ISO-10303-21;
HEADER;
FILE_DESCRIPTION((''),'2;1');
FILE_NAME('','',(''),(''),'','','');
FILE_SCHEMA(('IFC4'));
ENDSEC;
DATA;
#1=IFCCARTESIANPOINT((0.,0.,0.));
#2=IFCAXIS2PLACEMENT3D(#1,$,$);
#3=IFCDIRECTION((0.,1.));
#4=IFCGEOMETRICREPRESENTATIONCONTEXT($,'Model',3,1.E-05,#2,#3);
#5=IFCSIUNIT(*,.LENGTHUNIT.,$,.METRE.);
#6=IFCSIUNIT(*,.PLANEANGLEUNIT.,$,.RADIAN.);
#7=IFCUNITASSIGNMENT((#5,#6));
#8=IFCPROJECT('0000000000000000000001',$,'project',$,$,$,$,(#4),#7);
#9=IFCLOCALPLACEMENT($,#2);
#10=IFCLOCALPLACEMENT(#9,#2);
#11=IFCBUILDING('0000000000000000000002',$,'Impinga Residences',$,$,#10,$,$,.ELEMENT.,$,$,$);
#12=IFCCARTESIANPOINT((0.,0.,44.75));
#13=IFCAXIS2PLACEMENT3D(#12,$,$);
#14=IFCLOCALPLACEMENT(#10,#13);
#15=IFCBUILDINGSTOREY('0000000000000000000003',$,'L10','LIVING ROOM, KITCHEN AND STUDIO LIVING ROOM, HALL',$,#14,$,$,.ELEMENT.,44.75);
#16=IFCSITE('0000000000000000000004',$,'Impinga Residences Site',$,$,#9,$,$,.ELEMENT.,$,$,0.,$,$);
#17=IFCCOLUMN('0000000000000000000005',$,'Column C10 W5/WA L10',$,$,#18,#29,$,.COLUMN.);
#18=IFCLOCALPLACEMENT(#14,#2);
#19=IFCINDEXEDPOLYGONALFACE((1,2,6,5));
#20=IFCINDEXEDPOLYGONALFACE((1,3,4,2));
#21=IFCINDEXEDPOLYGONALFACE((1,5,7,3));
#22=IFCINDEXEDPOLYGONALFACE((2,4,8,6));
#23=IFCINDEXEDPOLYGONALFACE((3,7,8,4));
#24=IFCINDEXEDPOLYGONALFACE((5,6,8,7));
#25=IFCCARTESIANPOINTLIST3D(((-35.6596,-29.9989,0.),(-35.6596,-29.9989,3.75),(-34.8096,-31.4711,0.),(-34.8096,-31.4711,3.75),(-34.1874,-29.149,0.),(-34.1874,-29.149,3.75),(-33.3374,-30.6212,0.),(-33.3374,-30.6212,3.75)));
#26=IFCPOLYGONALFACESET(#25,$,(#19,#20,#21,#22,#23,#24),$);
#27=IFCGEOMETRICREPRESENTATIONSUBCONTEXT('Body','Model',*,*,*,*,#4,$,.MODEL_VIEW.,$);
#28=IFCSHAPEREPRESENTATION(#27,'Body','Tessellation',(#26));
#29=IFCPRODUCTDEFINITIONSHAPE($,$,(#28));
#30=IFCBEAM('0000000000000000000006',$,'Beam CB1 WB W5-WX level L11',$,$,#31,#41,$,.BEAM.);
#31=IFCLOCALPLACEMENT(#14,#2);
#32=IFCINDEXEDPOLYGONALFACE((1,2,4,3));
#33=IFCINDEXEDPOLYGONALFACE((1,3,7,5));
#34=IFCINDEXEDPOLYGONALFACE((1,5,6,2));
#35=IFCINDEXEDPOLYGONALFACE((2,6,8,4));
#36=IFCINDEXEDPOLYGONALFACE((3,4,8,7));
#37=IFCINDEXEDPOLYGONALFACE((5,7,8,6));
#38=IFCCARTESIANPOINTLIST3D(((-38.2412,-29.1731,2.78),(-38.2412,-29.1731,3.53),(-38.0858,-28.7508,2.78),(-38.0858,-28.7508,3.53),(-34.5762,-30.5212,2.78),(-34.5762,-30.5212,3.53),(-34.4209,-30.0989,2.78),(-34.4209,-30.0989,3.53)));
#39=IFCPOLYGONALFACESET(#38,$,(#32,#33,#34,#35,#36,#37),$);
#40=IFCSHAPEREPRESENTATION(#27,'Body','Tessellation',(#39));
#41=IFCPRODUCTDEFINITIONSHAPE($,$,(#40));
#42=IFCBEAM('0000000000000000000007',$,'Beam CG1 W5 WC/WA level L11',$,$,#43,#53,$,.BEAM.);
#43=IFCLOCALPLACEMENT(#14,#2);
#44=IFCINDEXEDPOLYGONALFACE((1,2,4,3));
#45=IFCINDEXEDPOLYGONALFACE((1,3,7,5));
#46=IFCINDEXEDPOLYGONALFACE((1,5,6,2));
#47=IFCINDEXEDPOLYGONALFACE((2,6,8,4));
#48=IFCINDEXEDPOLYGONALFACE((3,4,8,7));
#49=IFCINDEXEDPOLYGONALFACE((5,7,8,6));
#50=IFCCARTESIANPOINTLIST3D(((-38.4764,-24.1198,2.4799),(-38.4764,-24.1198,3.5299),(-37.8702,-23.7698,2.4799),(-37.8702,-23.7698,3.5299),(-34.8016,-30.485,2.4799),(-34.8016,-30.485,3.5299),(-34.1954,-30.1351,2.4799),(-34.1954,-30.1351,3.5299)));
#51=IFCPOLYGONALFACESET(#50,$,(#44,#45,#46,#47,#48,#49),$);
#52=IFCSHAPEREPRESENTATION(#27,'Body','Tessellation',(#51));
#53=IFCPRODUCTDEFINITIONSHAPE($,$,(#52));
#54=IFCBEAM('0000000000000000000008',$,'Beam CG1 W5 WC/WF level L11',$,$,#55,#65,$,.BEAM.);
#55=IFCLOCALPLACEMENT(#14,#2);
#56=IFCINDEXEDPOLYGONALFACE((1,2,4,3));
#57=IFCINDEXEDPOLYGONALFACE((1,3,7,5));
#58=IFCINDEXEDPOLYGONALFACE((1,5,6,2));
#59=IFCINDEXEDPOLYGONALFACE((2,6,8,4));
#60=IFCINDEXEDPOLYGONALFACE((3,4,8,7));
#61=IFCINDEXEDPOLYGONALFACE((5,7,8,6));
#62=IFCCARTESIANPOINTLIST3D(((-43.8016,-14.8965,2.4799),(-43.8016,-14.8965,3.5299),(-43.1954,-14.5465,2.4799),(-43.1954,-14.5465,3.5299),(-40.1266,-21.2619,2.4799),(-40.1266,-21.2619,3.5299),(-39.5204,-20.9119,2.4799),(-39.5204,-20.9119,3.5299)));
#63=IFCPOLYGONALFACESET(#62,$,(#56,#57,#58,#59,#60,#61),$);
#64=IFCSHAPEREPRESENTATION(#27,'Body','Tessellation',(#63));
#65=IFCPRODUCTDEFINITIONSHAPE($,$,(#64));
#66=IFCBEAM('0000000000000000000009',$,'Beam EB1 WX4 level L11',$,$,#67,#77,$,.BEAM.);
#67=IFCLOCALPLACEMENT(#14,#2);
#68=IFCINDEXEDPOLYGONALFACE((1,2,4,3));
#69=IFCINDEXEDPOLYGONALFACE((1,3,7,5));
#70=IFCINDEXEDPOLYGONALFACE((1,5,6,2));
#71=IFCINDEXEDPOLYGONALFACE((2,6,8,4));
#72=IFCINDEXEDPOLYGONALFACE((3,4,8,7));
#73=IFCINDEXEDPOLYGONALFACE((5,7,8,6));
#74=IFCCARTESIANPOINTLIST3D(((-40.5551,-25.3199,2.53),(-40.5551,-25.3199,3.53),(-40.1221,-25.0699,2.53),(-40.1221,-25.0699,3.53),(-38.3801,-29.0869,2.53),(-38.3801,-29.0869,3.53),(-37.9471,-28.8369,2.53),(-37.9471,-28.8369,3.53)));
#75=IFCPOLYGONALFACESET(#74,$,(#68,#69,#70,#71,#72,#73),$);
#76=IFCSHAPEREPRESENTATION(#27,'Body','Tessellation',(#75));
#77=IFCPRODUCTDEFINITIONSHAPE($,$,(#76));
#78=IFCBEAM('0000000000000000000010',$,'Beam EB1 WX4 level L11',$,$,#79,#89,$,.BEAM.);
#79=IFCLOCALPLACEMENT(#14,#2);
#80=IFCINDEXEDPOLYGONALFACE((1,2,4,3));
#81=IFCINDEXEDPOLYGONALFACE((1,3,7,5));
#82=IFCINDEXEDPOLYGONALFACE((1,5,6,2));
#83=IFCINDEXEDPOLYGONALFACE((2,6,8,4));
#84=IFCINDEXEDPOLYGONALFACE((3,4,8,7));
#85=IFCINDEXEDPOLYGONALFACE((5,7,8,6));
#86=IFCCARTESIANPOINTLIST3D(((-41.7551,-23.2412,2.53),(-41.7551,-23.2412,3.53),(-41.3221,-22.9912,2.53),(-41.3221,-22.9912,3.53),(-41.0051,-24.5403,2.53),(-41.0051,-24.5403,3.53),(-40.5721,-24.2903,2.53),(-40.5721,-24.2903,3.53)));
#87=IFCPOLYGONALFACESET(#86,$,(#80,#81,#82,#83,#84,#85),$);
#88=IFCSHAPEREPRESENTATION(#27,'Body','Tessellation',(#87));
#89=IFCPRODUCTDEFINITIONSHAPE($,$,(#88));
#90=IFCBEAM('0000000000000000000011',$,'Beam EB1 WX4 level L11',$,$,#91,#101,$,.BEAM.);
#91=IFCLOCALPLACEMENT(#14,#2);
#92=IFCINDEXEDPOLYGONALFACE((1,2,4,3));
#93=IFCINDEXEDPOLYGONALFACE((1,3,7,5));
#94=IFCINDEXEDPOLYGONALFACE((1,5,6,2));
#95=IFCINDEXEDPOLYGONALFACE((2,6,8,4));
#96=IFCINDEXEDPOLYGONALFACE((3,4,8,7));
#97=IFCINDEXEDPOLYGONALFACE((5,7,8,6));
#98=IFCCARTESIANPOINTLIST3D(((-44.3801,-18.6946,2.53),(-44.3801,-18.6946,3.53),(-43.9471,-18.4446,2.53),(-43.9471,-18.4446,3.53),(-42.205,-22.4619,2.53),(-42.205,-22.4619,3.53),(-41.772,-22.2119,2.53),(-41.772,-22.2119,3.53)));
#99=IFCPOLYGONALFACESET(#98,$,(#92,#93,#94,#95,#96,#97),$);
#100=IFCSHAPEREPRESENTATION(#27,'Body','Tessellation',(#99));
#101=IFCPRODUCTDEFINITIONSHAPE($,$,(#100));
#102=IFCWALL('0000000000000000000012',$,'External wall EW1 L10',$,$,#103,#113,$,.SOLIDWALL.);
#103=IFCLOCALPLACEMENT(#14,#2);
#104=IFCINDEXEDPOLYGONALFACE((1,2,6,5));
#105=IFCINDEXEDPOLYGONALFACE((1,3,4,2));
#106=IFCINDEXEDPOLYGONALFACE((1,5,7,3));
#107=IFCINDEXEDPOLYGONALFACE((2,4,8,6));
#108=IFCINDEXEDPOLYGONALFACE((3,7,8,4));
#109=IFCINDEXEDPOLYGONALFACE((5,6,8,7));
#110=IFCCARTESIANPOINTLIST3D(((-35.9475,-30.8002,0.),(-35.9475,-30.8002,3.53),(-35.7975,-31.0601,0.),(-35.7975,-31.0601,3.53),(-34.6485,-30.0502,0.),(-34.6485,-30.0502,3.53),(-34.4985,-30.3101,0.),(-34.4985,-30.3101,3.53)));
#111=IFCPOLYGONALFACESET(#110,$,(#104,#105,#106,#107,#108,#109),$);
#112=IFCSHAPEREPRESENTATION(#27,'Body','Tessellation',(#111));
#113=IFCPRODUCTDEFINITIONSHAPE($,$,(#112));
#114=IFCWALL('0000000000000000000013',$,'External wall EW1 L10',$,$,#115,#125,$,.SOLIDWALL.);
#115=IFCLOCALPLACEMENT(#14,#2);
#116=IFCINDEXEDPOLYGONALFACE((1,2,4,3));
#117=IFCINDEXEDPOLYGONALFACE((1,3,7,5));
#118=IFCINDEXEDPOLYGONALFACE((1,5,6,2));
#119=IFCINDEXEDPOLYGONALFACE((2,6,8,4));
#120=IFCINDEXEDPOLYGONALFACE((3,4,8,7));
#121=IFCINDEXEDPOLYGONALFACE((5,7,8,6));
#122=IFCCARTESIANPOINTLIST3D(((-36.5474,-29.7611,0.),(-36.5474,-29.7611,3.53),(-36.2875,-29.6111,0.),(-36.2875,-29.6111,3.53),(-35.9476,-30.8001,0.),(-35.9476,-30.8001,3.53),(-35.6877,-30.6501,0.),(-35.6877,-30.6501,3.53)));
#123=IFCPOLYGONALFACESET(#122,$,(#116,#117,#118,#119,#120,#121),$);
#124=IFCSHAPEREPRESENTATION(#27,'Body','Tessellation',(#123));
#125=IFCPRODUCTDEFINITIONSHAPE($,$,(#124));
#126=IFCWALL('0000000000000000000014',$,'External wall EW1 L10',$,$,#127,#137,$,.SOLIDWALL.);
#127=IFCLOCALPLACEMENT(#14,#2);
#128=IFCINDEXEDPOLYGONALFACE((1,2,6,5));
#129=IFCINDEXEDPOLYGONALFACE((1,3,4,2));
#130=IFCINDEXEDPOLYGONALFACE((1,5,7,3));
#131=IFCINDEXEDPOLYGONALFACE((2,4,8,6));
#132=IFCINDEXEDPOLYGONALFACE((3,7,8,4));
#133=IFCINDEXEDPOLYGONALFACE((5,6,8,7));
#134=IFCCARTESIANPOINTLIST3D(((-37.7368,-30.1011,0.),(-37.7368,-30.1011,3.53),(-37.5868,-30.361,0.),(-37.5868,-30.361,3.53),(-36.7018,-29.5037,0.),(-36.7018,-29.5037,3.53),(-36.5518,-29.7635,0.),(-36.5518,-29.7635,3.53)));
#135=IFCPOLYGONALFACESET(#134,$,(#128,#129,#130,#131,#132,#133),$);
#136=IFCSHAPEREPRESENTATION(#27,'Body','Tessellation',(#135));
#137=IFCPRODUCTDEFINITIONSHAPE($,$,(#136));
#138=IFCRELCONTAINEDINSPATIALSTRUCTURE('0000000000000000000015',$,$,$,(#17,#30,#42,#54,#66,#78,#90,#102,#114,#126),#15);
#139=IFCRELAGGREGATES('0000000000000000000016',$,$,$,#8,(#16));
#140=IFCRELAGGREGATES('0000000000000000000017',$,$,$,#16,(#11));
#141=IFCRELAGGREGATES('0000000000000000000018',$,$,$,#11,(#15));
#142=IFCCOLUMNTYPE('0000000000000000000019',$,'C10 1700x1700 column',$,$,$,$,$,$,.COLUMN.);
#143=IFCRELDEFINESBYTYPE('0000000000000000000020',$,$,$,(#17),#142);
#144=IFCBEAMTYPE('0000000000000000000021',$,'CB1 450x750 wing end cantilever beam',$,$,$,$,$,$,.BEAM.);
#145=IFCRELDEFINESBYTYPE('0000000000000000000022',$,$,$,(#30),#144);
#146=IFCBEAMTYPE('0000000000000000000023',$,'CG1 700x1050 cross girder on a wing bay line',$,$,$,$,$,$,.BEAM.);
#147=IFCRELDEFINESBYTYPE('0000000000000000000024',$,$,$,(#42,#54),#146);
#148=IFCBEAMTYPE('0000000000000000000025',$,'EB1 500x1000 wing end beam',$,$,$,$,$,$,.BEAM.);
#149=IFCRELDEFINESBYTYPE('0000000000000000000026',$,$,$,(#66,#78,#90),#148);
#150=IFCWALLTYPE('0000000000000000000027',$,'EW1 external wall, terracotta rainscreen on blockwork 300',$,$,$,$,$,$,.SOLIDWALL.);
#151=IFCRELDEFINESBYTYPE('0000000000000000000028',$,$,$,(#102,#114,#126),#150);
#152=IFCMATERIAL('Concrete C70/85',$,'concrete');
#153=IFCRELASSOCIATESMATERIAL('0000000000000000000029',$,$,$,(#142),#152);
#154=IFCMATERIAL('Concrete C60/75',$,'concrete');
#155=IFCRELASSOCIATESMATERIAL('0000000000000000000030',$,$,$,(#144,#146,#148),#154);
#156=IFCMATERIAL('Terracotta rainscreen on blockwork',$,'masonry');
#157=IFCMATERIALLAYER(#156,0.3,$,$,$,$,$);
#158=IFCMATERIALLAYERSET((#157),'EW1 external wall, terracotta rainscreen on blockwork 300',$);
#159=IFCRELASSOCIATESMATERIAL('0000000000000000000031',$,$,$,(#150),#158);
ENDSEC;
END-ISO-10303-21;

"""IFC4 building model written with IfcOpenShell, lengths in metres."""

from ifc_helpers import new_model, si_unit, direction, frame, frame_2d, origin, origin_2d, place, context, subcontext, project, spatial, rectangle, extrude, material, layer, layer_set, material_profile, profile_set, type_object, element, save


model = new_model("IFC4")

# Units and contexts
model_context = context("Model", 3, precision=1e-05, world=origin(), true_north=direction((0.0, 1.0)))
body_context = subcontext(model_context, "Body", "Model", "MODEL_VIEW")
ifc_project = project(units=[si_unit("LENGTHUNIT", "METRE"), si_unit("PLANEANGLEUNIT", "RADIAN")], contexts=[model_context])

# Site, building, storey
site_placement = place(None, origin())
site = spatial("IfcSite", under=ifc_project, at=site_placement, Name="Impinga Residences Site", CompositionType="ELEMENT", RefElevation=0.0)
building_placement = place(site_placement, origin())
building = spatial("IfcBuilding", under=site, at=building_placement, Name="Impinga Residences", CompositionType="ELEMENT")
storey_placement = place(building_placement, frame((0.0, 0.0, 44.75)))
storey = spatial("IfcBuildingStorey", under=building, at=storey_placement, Name="L10", Description="LIVING ROOM, KITCHEN AND STUDIO LIVING ROOM, HALL", CompositionType="ELEMENT", Elevation=44.75)

# Column
ifc_material_1 = material(Name="Concrete C70/85", Category="concrete")
ifc_material_profile_1 = material_profile(ifc_material_1, rectangle(XDim=1.7, YDim=1.7, at=origin_2d()), Name="RC 1700x1700")
ifc_profile_set_1 = profile_set([ifc_material_profile_1], Name="Concrete C70/85")
column_type = type_object("IfcColumnType", Name="C10 1700x1700 column", PredefinedType="COLUMN", material=ifc_profile_set_1)
column_placement = place(storey_placement, frame((-34.4985, -30.3101, 0.0), z_axis=(0.0, 0.0, 1.0), x_axis=(-0.5, 0.866025, 0.0)))
element("IfcColumn", 1, at=column_placement, inside=storey, type_object=column_type, Name="Column C10 W5/WA L10", PredefinedType="COLUMN", context=body_context, shape_type="SweptSolid", body=[
    extrude(rectangle(XDim=1.7, YDim=1.7, at=origin_2d()), origin(), (0.0, 0.0, 1.0), 3.75),
])

# Beams
ifc_material_2 = material(Name="Concrete C60/75", Category="concrete")
ifc_material_profile_2 = material_profile(ifc_material_2, rectangle(XDim=0.45, YDim=0.75, at=origin_2d()), Name="RC 450x750")
ifc_profile_set_2 = profile_set([ifc_material_profile_2], Name="Concrete C60/75")
beam_type_1 = type_object("IfcBeamType", Name="CB1 450x750 wing end cantilever beam", PredefinedType="BEAM", material=ifc_profile_set_2)
beam_1_placement = place(storey_placement, frame((-34.4985, -30.3101, 3.155), z_axis=(-0.93852, 0.345224, 0.0), x_axis=(-0.345224, -0.93852, 0.0)))
element("IfcBeam", 2, at=beam_1_placement, inside=storey, type_object=beam_type_1, Name="Beam CB1 WB W5-WX level L11", PredefinedType="BEAM", context=body_context, shape_type="SweptSolid", body=[
    extrude(rectangle(XDim=0.45, YDim=0.75, at=origin_2d()), origin(), (0.0, 0.0, 1.0), 3.905),
])
ifc_material_profile_3 = material_profile(ifc_material_2, rectangle(XDim=0.7, YDim=1.05, at=origin_2d()), Name="RC 700x1050")
ifc_profile_set_3 = profile_set([ifc_material_profile_3], Name="Concrete C60/75")
beam_type_2 = type_object("IfcBeamType", Name="CG1 700x1050 cross girder on a wing bay line", PredefinedType="BEAM", material=ifc_profile_set_3)
beam_2_placement = place(storey_placement, frame((-38.1733, -23.9448, 3.0049), z_axis=(0.499983, -0.866035, 0.0), x_axis=(0.866035, 0.499983, 0.0)))
element("IfcBeam", 3, at=beam_2_placement, inside=storey, type_object=beam_type_2, Name="Beam CG1 W5 WC/WA level L11", PredefinedType="BEAM", context=body_context, shape_type="SweptSolid", body=[
    extrude(rectangle(XDim=0.7, YDim=1.05, at=origin_2d()), origin(), (0.0, 0.0, 1.0), 7.3499),
])
beam_3_placement = place(storey_placement, frame((-39.8235, -21.0869, 3.0049), z_axis=(-0.499994, 0.866029, 0.0), x_axis=(-0.866029, -0.499994, 0.0)))
element("IfcBeam", 4, at=beam_3_placement, inside=storey, type_object=beam_type_2, Name="Beam CG1 W5 WC/WF level L11", PredefinedType="BEAM", context=body_context, shape_type="SweptSolid", body=[
    extrude(rectangle(XDim=0.7, YDim=1.05, at=origin_2d()), origin(), (0.0, 0.0, 1.0), 7.3501),
])
ifc_material_profile_4 = material_profile(ifc_material_2, rectangle(XDim=0.5, YDim=1.0, at=origin_2d()), Name="RC 500x1000")
ifc_profile_set_4 = profile_set([ifc_material_profile_4], Name="Concrete C60/75")
beam_type_3 = type_object("IfcBeamType", Name="EB1 500x1000 wing end beam", PredefinedType="BEAM", material=ifc_profile_set_4)
beam_4_placement = place(storey_placement, frame((-38.1636, -28.9619, 3.03), z_axis=(-0.50002, 0.866014, 0.0), x_axis=(-0.866014, -0.50002, 0.0)))
element("IfcBeam", 5, at=beam_4_placement, inside=storey, type_object=beam_type_3, Name="Beam EB1 WX4 level L11", PredefinedType="BEAM", context=body_context, shape_type="SweptSolid", body=[
    extrude(rectangle(XDim=0.5, YDim=1.0, at=origin_2d()), origin(), (0.0, 0.0, 1.0), 4.3499),
])
beam_5_placement = place(storey_placement, frame((-40.7886, -24.4153, 3.03), z_axis=(-0.49999, 0.866031, 0.0), x_axis=(-0.866031, -0.49999, 0.0)))
element("IfcBeam", 6, at=beam_5_placement, inside=storey, type_object=beam_type_3, Name="Beam EB1 WX4 level L11", PredefinedType="BEAM", context=body_context, shape_type="SweptSolid", body=[
    extrude(rectangle(XDim=0.5, YDim=1.0, at=origin_2d()), origin(), (0.0, 0.0, 1.0), 1.5),
])
beam_6_placement = place(storey_placement, frame((-41.9885, -22.3369, 3.03), z_axis=(-0.499996, 0.866028, 0.0), x_axis=(-0.866028, -0.499996, 0.0)))
element("IfcBeam", 7, at=beam_6_placement, inside=storey, type_object=beam_type_3, Name="Beam EB1 WX4 level L11", PredefinedType="BEAM", context=body_context, shape_type="SweptSolid", body=[
    extrude(rectangle(XDim=0.5, YDim=1.0, at=origin_2d()), origin(), (0.0, 0.0, 1.0), 4.3501),
])

# Walls
ifc_material_3 = material(Name="Terracotta rainscreen on blockwork", Category="masonry")
ifc_layer_1 = layer(ifc_material_3, 0.3)
ifc_layer_set_1 = layer_set([ifc_layer_1], Name="EW1 external wall, terracotta rainscreen on blockwork 300")
wall_type_1 = type_object("IfcWallType", Name="EW1 external wall, terracotta rainscreen on blockwork 300", PredefinedType="SOLIDWALL", material=ifc_layer_set_1)
wall_1_placement = place(storey_placement, frame((-34.5735, -30.1802, 0.0), z_axis=(0.0, 0.0, 1.0), x_axis=(-0.866031, -0.49999, 0.0)))
element("IfcWall", 8, at=wall_1_placement, inside=storey, type_object=wall_type_1, Name="External wall EW1 L10", PredefinedType="SOLIDWALL", context=body_context, shape_type="SweptSolid", body=[
    extrude(rectangle(XDim=1.5, YDim=0.3, at=frame_2d((0.75, 0.0))), origin(), (0.0, 0.0, 1.0), 3.53),
])
wall_2_placement = place(storey_placement, frame((-35.8176, -30.7251, 0.0), z_axis=(0.0, 0.0, 1.0), x_axis=(-0.499969, 0.866043, 0.0)))
element("IfcWall", 9, at=wall_2_placement, inside=storey, type_object=wall_type_1, Name="External wall EW1 L10", PredefinedType="SOLIDWALL", context=body_context, shape_type="SweptSolid", body=[
    extrude(rectangle(XDim=1.1997, YDim=0.3, at=frame_2d((0.5999, 0.0))), origin(), (0.0, 0.0, 1.0), 3.53),
])
wall_3_placement = place(storey_placement, frame((-36.6267, -29.6335, 0.0), z_axis=(0.0, 0.0, 1.0), x_axis=(-0.86606, -0.499941, 0.0)))
element("IfcWall", 10, at=wall_3_placement, inside=storey, type_object=wall_type_1, Name="External wall EW1 L10", PredefinedType="SOLIDWALL", context=body_context, shape_type="SweptSolid", body=[
    extrude(rectangle(XDim=1.1951, YDim=0.3, at=frame_2d((0.5977, 0.0))), origin(), (0.0, 0.0, 1.0), 3.53),
])

save(model, "model.ifc")
